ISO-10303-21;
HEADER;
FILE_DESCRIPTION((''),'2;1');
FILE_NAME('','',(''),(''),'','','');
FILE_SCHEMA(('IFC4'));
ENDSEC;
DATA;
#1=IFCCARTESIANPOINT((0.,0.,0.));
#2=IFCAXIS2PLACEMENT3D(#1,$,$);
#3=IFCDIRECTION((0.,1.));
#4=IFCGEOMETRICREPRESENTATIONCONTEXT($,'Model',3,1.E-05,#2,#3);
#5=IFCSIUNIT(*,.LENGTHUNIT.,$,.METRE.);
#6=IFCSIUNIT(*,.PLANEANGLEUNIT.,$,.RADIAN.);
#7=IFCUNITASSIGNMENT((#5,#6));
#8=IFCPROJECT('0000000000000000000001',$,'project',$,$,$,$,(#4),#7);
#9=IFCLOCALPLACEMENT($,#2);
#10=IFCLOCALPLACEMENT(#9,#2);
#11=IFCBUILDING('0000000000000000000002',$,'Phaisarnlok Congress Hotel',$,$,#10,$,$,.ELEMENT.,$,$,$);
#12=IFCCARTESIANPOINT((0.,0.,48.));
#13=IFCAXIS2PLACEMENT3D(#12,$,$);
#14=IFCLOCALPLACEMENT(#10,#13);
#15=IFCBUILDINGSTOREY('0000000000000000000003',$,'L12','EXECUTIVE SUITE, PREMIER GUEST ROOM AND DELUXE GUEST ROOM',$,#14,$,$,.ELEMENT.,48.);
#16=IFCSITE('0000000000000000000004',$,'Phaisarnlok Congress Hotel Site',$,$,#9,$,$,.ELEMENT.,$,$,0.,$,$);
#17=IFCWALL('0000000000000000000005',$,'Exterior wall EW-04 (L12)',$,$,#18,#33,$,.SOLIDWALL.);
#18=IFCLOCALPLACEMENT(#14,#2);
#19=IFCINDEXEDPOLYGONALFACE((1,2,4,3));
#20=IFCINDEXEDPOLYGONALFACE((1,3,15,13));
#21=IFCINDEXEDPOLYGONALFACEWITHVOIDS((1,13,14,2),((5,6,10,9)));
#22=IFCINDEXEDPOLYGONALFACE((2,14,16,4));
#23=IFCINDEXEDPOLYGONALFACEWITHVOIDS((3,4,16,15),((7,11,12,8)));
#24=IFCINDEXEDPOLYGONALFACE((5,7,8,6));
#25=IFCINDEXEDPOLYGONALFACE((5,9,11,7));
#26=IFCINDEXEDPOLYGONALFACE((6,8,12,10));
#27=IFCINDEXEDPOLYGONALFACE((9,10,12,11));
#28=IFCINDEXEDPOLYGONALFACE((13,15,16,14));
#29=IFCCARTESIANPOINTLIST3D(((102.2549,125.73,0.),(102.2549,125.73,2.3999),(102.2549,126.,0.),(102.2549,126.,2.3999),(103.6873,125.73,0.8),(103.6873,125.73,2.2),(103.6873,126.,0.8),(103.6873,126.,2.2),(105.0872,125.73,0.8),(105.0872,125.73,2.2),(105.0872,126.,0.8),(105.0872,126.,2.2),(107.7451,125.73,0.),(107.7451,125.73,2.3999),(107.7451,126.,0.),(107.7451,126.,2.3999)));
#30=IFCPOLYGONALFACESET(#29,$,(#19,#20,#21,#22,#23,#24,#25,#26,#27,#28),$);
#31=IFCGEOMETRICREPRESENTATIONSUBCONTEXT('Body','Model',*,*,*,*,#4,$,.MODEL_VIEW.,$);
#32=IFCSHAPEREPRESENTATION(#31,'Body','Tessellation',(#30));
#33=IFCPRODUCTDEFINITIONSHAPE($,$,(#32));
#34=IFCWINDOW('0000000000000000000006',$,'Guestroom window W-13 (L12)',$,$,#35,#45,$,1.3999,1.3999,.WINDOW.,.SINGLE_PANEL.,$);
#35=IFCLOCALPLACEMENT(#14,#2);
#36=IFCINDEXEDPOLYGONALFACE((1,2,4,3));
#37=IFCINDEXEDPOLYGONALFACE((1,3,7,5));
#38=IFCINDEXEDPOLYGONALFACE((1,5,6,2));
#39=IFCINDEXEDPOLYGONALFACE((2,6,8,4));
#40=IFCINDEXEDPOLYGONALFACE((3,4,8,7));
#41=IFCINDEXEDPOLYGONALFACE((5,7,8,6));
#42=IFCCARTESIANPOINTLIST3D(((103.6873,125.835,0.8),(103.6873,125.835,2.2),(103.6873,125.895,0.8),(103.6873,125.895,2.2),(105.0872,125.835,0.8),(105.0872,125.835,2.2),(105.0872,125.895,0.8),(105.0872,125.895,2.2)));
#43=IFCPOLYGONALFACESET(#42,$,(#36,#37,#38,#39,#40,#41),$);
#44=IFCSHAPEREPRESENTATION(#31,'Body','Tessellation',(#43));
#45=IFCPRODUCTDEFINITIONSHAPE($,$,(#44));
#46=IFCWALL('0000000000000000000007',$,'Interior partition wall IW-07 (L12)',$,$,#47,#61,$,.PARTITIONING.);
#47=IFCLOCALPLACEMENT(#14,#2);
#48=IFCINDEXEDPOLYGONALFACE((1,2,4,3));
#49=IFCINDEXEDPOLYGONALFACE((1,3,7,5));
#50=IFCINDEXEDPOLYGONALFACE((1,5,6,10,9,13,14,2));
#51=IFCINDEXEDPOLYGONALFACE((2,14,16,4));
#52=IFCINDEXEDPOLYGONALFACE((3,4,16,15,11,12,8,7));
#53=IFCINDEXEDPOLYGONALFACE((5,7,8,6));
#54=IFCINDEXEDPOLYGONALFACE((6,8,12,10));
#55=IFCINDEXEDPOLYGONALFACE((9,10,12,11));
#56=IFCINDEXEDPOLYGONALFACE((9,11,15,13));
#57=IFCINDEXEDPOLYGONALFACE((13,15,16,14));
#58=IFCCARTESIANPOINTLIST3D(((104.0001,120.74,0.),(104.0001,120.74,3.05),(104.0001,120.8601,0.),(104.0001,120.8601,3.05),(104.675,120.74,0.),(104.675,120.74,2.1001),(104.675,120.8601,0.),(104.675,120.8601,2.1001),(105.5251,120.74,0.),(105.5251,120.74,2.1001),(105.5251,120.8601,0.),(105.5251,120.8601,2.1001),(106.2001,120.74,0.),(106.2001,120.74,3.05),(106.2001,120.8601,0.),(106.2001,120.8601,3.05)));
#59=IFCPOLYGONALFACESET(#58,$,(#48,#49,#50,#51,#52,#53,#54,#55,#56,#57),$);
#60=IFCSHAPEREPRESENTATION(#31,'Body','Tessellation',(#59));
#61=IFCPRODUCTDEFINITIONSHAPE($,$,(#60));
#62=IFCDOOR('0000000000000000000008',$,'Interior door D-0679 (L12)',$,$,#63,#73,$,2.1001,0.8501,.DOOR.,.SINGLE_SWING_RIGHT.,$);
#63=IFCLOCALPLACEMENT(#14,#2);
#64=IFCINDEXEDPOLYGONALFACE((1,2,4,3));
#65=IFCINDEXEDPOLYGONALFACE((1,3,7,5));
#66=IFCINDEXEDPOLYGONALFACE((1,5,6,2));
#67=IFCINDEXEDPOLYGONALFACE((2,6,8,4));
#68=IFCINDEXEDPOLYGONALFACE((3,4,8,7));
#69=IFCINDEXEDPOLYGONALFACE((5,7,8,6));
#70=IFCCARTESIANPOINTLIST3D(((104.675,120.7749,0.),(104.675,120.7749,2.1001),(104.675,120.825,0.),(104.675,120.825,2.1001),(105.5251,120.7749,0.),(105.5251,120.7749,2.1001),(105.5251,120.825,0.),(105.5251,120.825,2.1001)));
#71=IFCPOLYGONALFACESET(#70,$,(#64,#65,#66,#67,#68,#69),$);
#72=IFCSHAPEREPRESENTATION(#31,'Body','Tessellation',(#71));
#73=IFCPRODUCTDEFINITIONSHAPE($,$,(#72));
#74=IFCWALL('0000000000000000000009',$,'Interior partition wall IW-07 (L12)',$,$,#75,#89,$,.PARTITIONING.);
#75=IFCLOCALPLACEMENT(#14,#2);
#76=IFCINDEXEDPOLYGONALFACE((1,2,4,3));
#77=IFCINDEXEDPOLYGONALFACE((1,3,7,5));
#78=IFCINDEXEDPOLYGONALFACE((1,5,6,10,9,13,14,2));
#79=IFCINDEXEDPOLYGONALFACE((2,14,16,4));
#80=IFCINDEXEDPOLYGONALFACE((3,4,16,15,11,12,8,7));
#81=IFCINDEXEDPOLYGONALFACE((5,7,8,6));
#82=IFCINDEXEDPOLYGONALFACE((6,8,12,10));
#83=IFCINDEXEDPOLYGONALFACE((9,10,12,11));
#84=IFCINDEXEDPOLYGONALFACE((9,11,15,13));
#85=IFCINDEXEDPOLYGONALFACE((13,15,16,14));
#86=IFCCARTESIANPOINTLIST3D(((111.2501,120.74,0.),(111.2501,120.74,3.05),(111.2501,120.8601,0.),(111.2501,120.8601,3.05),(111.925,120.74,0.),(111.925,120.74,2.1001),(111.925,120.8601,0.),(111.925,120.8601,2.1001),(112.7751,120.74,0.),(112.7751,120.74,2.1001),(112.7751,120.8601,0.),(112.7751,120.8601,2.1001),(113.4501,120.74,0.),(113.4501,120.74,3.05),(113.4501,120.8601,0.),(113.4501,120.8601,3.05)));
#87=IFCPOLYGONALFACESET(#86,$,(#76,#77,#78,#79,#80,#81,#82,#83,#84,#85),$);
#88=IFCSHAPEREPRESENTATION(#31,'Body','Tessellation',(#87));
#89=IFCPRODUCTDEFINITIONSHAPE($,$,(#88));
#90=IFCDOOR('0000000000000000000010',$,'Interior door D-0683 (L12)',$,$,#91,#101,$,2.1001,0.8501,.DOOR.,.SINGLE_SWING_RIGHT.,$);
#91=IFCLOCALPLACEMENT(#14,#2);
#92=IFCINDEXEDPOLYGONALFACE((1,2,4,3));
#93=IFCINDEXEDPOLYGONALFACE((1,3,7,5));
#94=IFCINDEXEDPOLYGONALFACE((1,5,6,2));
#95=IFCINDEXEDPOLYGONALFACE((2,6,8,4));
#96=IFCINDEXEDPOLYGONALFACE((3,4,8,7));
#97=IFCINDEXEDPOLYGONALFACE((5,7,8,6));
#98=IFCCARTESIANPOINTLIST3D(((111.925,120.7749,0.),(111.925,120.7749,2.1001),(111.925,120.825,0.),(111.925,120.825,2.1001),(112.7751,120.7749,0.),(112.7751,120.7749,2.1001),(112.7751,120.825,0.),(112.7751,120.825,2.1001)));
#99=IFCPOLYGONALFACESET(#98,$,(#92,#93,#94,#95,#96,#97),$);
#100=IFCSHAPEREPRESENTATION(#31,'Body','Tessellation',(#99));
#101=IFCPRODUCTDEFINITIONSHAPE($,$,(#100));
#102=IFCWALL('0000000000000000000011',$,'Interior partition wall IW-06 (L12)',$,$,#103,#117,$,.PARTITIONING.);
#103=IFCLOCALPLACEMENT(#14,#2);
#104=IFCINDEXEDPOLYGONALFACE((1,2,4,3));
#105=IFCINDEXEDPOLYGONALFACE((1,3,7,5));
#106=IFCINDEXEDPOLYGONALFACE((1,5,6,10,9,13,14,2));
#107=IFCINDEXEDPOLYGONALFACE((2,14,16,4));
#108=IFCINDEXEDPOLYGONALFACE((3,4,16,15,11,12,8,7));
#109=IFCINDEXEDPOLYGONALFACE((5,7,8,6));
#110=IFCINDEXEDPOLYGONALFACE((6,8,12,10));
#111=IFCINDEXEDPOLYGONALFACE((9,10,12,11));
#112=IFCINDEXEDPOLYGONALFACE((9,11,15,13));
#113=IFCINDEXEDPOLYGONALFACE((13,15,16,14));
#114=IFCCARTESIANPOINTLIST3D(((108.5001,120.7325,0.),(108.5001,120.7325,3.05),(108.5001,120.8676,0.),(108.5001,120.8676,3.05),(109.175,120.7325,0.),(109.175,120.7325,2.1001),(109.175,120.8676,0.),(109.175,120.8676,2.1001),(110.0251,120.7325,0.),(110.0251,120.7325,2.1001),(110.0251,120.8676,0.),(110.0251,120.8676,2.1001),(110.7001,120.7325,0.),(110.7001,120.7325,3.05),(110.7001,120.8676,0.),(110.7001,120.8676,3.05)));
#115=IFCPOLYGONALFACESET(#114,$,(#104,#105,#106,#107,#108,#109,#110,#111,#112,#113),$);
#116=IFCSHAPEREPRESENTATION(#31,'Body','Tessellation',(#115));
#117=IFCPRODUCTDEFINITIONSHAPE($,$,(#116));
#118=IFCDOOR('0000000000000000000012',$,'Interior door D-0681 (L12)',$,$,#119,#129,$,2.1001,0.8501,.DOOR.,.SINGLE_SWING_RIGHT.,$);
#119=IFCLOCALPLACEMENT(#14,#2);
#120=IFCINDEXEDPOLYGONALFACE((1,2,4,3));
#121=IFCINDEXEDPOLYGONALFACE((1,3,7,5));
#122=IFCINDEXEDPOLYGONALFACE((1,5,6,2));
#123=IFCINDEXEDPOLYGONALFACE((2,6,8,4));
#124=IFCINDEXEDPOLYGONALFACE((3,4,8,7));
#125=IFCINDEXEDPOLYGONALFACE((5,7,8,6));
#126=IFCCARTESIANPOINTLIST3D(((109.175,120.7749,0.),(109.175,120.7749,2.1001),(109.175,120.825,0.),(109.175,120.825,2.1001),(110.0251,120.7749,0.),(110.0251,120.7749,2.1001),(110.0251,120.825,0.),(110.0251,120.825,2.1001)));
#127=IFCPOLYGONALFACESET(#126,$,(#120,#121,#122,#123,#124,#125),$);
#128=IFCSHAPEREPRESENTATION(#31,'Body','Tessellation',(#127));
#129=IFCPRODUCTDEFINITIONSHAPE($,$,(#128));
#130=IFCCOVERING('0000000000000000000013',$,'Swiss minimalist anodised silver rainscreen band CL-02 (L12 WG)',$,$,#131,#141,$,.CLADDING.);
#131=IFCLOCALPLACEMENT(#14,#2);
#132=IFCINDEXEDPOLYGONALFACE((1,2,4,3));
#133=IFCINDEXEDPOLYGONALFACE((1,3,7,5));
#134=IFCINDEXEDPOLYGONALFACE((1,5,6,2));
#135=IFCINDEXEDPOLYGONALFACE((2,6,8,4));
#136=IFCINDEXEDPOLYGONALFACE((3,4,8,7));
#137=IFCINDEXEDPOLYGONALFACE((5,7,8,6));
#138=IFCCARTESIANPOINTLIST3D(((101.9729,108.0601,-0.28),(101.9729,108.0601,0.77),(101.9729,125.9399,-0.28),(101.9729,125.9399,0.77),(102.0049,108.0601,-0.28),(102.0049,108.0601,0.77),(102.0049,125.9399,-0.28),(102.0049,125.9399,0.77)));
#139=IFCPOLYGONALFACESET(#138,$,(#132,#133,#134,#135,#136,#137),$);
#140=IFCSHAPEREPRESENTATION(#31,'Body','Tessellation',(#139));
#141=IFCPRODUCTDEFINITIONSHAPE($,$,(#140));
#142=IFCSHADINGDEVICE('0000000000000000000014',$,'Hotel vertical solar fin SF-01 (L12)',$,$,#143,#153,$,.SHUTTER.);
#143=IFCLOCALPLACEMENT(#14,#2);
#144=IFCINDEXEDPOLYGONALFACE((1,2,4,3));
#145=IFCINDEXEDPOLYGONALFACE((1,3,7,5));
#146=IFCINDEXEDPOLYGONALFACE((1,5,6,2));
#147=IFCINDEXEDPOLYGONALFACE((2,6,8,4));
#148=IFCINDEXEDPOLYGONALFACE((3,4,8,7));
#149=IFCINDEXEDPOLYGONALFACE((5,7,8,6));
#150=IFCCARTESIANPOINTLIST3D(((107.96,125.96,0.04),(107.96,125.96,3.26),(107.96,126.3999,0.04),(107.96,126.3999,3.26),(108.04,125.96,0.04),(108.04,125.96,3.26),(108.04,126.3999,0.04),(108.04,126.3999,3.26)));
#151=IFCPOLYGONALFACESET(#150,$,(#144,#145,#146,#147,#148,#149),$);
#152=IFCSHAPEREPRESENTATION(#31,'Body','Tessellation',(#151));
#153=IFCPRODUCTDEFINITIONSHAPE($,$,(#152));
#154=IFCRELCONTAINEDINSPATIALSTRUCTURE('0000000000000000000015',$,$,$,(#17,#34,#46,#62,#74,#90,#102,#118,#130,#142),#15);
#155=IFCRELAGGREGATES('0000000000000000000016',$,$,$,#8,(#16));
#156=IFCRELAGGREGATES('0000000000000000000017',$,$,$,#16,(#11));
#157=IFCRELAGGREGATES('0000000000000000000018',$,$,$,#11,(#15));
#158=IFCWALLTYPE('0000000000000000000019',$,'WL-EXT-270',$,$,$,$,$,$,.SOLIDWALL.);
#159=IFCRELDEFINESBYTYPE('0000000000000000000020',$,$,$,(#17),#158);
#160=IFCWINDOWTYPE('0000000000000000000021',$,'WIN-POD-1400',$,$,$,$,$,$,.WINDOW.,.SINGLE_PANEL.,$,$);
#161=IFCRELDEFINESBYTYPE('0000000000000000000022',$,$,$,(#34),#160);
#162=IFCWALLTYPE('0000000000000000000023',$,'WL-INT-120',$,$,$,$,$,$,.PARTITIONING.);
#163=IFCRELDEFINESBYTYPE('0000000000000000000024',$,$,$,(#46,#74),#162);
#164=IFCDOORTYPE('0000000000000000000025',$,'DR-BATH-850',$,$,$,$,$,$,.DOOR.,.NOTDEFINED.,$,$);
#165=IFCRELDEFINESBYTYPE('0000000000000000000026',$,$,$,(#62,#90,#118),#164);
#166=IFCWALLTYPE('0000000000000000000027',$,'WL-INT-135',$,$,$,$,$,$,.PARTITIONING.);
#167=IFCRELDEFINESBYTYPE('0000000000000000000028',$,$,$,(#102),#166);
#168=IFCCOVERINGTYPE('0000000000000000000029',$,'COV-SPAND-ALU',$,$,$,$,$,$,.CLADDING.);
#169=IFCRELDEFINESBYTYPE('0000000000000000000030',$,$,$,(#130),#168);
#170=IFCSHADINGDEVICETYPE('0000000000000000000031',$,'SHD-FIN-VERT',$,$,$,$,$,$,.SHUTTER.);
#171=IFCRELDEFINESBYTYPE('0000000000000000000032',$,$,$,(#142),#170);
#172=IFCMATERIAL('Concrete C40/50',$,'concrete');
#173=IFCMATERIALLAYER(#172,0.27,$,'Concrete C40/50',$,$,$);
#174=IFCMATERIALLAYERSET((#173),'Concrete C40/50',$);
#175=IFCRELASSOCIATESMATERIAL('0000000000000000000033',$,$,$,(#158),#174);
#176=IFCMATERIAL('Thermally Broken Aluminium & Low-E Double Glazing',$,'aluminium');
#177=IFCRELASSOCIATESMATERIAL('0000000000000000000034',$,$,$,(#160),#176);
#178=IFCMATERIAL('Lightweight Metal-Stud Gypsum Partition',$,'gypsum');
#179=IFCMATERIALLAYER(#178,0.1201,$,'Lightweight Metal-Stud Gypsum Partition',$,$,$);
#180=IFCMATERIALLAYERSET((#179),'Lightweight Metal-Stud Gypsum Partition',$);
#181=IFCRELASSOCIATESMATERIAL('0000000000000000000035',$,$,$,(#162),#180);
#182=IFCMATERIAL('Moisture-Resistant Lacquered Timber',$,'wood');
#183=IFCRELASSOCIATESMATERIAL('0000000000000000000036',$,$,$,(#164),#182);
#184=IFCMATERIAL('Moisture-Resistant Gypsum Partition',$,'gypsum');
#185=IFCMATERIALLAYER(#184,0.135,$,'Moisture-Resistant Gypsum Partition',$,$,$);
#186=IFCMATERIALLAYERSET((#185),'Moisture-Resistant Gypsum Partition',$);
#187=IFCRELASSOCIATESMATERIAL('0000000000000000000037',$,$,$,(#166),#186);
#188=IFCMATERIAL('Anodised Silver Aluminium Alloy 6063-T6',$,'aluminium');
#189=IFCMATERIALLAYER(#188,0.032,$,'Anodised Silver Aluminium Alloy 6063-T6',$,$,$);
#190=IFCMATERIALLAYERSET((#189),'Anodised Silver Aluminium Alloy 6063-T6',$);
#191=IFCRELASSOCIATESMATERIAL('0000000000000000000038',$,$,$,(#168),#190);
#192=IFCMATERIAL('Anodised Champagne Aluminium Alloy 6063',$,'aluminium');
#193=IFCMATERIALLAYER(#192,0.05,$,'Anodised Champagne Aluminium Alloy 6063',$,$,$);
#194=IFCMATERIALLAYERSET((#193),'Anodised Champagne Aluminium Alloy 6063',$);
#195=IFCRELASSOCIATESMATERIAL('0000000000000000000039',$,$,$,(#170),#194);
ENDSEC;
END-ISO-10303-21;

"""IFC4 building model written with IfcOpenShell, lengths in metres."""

from ifc_helpers import new_model, si_unit, direction, frame, frame_2d, origin, origin_2d, place, context, subcontext, project, spatial, polyline, rectangle, outline, extrude, material, layer, layer_set, type_object, element, fill, save


model = new_model("IFC4")

# Units and contexts
model_context = context("Model", 3, precision=1e-05, world=origin(), true_north=direction((0.0, 1.0)))
body_context = subcontext(model_context, "Body", "Model", "MODEL_VIEW")
ifc_project = project(units=[si_unit("LENGTHUNIT", "METRE"), si_unit("PLANEANGLEUNIT", "RADIAN")], contexts=[model_context])

# Site, building, storey
site_placement = place(None, origin())
site = spatial("IfcSite", under=ifc_project, at=site_placement, Name="Phaisarnlok Congress Hotel Site", CompositionType="ELEMENT", RefElevation=0.0)
building_placement = place(site_placement, origin())
building = spatial("IfcBuilding", under=site, at=building_placement, Name="Phaisarnlok Congress Hotel", CompositionType="ELEMENT")
storey_placement = place(building_placement, frame((0.0, 0.0, 48.0)))
storey = spatial("IfcBuildingStorey", under=building, at=storey_placement, Name="L12", Description="EXECUTIVE SUITE, PREMIER GUEST ROOM AND DELUXE GUEST ROOM", CompositionType="ELEMENT", Elevation=48.0)

# Shared definitions
ifc_material_1 = material(Name="Concrete C40/50", Category="concrete")

# Wall, opening, window
ifc_layer_1 = layer(ifc_material_1, 0.27, Name="Concrete C40/50")
ifc_layer_set_1 = layer_set([ifc_layer_1], Name="Concrete C40/50")
wall_type_1 = type_object("IfcWallType", Name="WL-EXT-270", PredefinedType="SOLIDWALL", material=ifc_layer_set_1)
wall_1_placement = place(storey_placement, frame((107.7451, 125.865, 0.0), z_axis=(0.0, 0.0, 1.0), x_axis=(-1.0, 0.0, 0.0)))
wall_1 = element("IfcWall", 1, at=wall_1_placement, inside=storey, type_object=wall_type_1, Name="Exterior wall EW-04 (L12)", PredefinedType="SOLIDWALL", context=body_context, shape_type="SweptSolid", body=[
    extrude(rectangle(XDim=5.4902, YDim=0.27, at=frame_2d((2.7451, 0.0))), origin(), (0.0, 0.0, 1.0), 2.3999),
])
opening_1_placement = place(wall_1_placement, frame((2.658, 0.0, 0.8)))
opening_1 = element("IfcOpeningElement", 2, at=opening_1_placement, cuts=wall_1, PredefinedType="OPENING", context=body_context, shape_type="SweptSolid", body=[
    extrude(rectangle(XDim=1.3999, YDim=1.3999, at=frame_2d((0.7, 0.7))), frame((0.0, 0.145, 0.0), z_axis=(0.0, -1.0, 0.0), x_axis=(1.0, 0.0, 0.0)), (0.0, 0.0, 1.0), 0.29),
])
ifc_material_2 = material(Name="Thermally Broken Aluminium & Low-E Double Glazing", Category="aluminium")
window_type = type_object("IfcWindowType", Name="WIN-POD-1400", PartitioningType="SINGLE_PANEL", PredefinedType="WINDOW", material=ifc_material_2)
window_placement = place(opening_1_placement, origin())
window = element("IfcWindow", 3, at=window_placement, inside=storey, type_object=window_type, Name="Guestroom window W-13 (L12)", OverallHeight=1.3999, OverallWidth=1.3999, PartitioningType="SINGLE_PANEL", PredefinedType="WINDOW", context=body_context, shape_type="SweptSolid", body=[
    extrude(rectangle(XDim=1.3999, YDim=1.3999, at=frame_2d((0.7, 0.7))), frame((0.0, 0.03, 0.0), z_axis=(0.0, -1.0, 0.0), x_axis=(1.0, 0.0, 0.0)), (0.0, 0.0, 1.0), 0.0601),
])
fill(opening_1, window)

# Walls, openings, doors
ifc_material_3 = material(Name="Lightweight Metal-Stud Gypsum Partition", Category="gypsum")
ifc_layer_2 = layer(ifc_material_3, 0.1201, Name="Lightweight Metal-Stud Gypsum Partition")
ifc_layer_set_2 = layer_set([ifc_layer_2], Name="Lightweight Metal-Stud Gypsum Partition")
wall_type_2 = type_object("IfcWallType", Name="WL-INT-120", PredefinedType="PARTITIONING", material=ifc_layer_set_2)
wall_2_placement = place(storey_placement, frame((104.0, 120.8, 0.0), z_axis=(0.0, 0.0, 1.0), x_axis=(1.0, 0.0, 0.0)))
wall_2 = element("IfcWall", 4, at=wall_2_placement, inside=storey, type_object=wall_type_2, Name="Interior partition wall IW-07 (L12)", PredefinedType="PARTITIONING", context=body_context, shape_type="SweptSolid", body=[
    extrude(rectangle(XDim=2.2, YDim=0.1201, at=frame_2d((1.1001, 0.0))), origin(), (0.0, 0.0, 1.0), 3.05),
])
opening_2_placement = place(wall_2_placement, frame((0.675, 0.0, 0.0)))
opening_2 = element("IfcOpeningElement", 5, at=opening_2_placement, cuts=wall_2, PredefinedType="OPENING", context=body_context, shape_type="SweptSolid", body=[
    extrude(rectangle(XDim=0.8501, YDim=2.1001, at=frame_2d((0.425, 1.05))), frame((0.0, 0.0701, 0.0), z_axis=(0.0, -1.0, 0.0), x_axis=(1.0, 0.0, 0.0)), (0.0, 0.0, 1.0), 0.1401),
])
ifc_material_4 = material(Name="Moisture-Resistant Lacquered Timber", Category="wood")
door_type = type_object("IfcDoorType", Name="DR-BATH-850", OperationType="NOTDEFINED", PredefinedType="DOOR", material=ifc_material_4)
door_1_placement = place(opening_2_placement, origin())
door_1 = element("IfcDoor", 6, at=door_1_placement, inside=storey, type_object=door_type, Name="Interior door D-0679 (L12)", OperationType="SINGLE_SWING_RIGHT", OverallHeight=2.1001, OverallWidth=0.8501, PredefinedType="DOOR", context=body_context, shape_type="SweptSolid", body=[
    extrude(rectangle(XDim=0.8501, YDim=2.1001, at=frame_2d((0.425, 1.05))), frame((0.0, 0.0249, 0.0), z_axis=(0.0, -1.0, 0.0), x_axis=(1.0, 0.0, 0.0)), (0.0, 0.0, 1.0), 0.05),
])
fill(opening_2, door_1)
wall_3_placement = place(storey_placement, frame((111.25, 120.8, 0.0), z_axis=(0.0, 0.0, 1.0), x_axis=(1.0, 0.0, 0.0)))
wall_3 = element("IfcWall", 7, at=wall_3_placement, inside=storey, type_object=wall_type_2, Name="Interior partition wall IW-07 (L12)", PredefinedType="PARTITIONING", context=body_context, shape_type="SweptSolid", body=[
    extrude(rectangle(XDim=2.2, YDim=0.1201, at=frame_2d((1.1001, 0.0))), origin(), (0.0, 0.0, 1.0), 3.05),
])
opening_3_placement = place(wall_3_placement, frame((0.675, 0.0, 0.0)))
opening_3 = element("IfcOpeningElement", 8, at=opening_3_placement, cuts=wall_3, PredefinedType="OPENING", context=body_context, shape_type="SweptSolid", body=[
    extrude(rectangle(XDim=0.8501, YDim=2.1001, at=frame_2d((0.425, 1.05))), frame((0.0, 0.0701, 0.0), z_axis=(0.0, -1.0, 0.0), x_axis=(1.0, 0.0, 0.0)), (0.0, 0.0, 1.0), 0.1401),
])
door_2_placement = place(opening_3_placement, origin())
door_2 = element("IfcDoor", 9, at=door_2_placement, inside=storey, type_object=door_type, Name="Interior door D-0683 (L12)", OperationType="SINGLE_SWING_RIGHT", OverallHeight=2.1001, OverallWidth=0.8501, PredefinedType="DOOR", context=body_context, shape_type="SweptSolid", body=[
    extrude(rectangle(XDim=0.8501, YDim=2.1001, at=frame_2d((0.425, 1.05))), frame((0.0, 0.0249, 0.0), z_axis=(0.0, -1.0, 0.0), x_axis=(1.0, 0.0, 0.0)), (0.0, 0.0, 1.0), 0.05),
])
fill(opening_3, door_2)
ifc_material_5 = material(Name="Moisture-Resistant Gypsum Partition", Category="gypsum")
ifc_layer_3 = layer(ifc_material_5, 0.135, Name="Moisture-Resistant Gypsum Partition")
ifc_layer_set_3 = layer_set([ifc_layer_3], Name="Moisture-Resistant Gypsum Partition")
wall_type_3 = type_object("IfcWallType", Name="WL-INT-135", PredefinedType="PARTITIONING", material=ifc_layer_set_3)
wall_4_placement = place(storey_placement, frame((108.5, 120.8, 0.0), z_axis=(0.0, 0.0, 1.0), x_axis=(1.0, 0.0, 0.0)))
wall_4 = element("IfcWall", 10, at=wall_4_placement, inside=storey, type_object=wall_type_3, Name="Interior partition wall IW-06 (L12)", PredefinedType="PARTITIONING", context=body_context, shape_type="SweptSolid", body=[
    extrude(rectangle(XDim=2.2, YDim=0.135, at=frame_2d((1.1001, 0.0))), origin(), (0.0, 0.0, 1.0), 3.05),
])
opening_4_placement = place(wall_4_placement, frame((0.675, 0.0, 0.0)))
opening_4 = element("IfcOpeningElement", 11, at=opening_4_placement, cuts=wall_4, PredefinedType="OPENING", context=body_context, shape_type="SweptSolid", body=[
    extrude(rectangle(XDim=0.8501, YDim=2.1001, at=frame_2d((0.425, 1.05))), frame((0.0, 0.0776, 0.0), z_axis=(0.0, -1.0, 0.0), x_axis=(1.0, 0.0, 0.0)), (0.0, 0.0, 1.0), 0.155),
])
door_3_placement = place(opening_4_placement, origin())
door_3 = element("IfcDoor", 12, at=door_3_placement, inside=storey, type_object=door_type, Name="Interior door D-0681 (L12)", OperationType="SINGLE_SWING_RIGHT", OverallHeight=2.1001, OverallWidth=0.8501, PredefinedType="DOOR", context=body_context, shape_type="SweptSolid", body=[
    extrude(rectangle(XDim=0.8501, YDim=2.1001, at=frame_2d((0.425, 1.05))), frame((0.0, 0.0249, 0.0), z_axis=(0.0, -1.0, 0.0), x_axis=(1.0, 0.0, 0.0)), (0.0, 0.0, 1.0), 0.05),
])
fill(opening_4, door_3)

# Covering
ifc_material_6 = material(Name="Anodised Silver Aluminium Alloy 6063-T6", Category="aluminium")
ifc_layer_4 = layer(ifc_material_6, 0.032, Name="Anodised Silver Aluminium Alloy 6063-T6")
ifc_layer_set_4 = layer_set([ifc_layer_4], Name="Anodised Silver Aluminium Alloy 6063-T6")
covering_type = type_object("IfcCoveringType", Name="COV-SPAND-ALU", PredefinedType="CLADDING", material=ifc_layer_set_4)
covering_placement = place(storey_placement, frame((102.0049, 125.9399, -0.28), z_axis=(-1.0, 0.0, 0.0), x_axis=(0.0, -1.0, 0.0)))
element("IfcCovering", 13, at=covering_placement, inside=storey, type_object=covering_type, Name="Swiss minimalist anodised silver rainscreen band CL-02 (L12 WG)", PredefinedType="CLADDING", context=body_context, shape_type="SweptSolid", body=[
    extrude(outline(polyline([(0.0, 0.0), (17.8799, 0.0), (17.8799, 1.05), (0.0, 1.05), (0.0, 0.0)])), origin(), (0.0, 0.0, 1.0), 0.032),
])

# Shading device
ifc_material_7 = material(Name="Anodised Champagne Aluminium Alloy 6063", Category="aluminium")
ifc_layer_5 = layer(ifc_material_7, 0.05, Name="Anodised Champagne Aluminium Alloy 6063")
ifc_layer_set_5 = layer_set([ifc_layer_5], Name="Anodised Champagne Aluminium Alloy 6063")
shading_device_type = type_object("IfcShadingDeviceType", Name="SHD-FIN-VERT", PredefinedType="SHUTTER", material=ifc_layer_set_5)
shading_device_placement = place(storey_placement, frame((108.0, 126.1799, 0.04), z_axis=(0.0, 0.0, 1.0), x_axis=(1.0, 0.0, 0.0)))
element("IfcShadingDevice", 14, at=shading_device_placement, inside=storey, type_object=shading_device_type, Name="Hotel vertical solar fin SF-01 (L12)", PredefinedType="SHUTTER", context=body_context, shape_type="SweptSolid", body=[
    extrude(rectangle(XDim=0.0801, YDim=0.4399, at=origin_2d()), origin(), (0.0, 0.0, 1.0), 3.22),
])

save(model, "model.ifc")
